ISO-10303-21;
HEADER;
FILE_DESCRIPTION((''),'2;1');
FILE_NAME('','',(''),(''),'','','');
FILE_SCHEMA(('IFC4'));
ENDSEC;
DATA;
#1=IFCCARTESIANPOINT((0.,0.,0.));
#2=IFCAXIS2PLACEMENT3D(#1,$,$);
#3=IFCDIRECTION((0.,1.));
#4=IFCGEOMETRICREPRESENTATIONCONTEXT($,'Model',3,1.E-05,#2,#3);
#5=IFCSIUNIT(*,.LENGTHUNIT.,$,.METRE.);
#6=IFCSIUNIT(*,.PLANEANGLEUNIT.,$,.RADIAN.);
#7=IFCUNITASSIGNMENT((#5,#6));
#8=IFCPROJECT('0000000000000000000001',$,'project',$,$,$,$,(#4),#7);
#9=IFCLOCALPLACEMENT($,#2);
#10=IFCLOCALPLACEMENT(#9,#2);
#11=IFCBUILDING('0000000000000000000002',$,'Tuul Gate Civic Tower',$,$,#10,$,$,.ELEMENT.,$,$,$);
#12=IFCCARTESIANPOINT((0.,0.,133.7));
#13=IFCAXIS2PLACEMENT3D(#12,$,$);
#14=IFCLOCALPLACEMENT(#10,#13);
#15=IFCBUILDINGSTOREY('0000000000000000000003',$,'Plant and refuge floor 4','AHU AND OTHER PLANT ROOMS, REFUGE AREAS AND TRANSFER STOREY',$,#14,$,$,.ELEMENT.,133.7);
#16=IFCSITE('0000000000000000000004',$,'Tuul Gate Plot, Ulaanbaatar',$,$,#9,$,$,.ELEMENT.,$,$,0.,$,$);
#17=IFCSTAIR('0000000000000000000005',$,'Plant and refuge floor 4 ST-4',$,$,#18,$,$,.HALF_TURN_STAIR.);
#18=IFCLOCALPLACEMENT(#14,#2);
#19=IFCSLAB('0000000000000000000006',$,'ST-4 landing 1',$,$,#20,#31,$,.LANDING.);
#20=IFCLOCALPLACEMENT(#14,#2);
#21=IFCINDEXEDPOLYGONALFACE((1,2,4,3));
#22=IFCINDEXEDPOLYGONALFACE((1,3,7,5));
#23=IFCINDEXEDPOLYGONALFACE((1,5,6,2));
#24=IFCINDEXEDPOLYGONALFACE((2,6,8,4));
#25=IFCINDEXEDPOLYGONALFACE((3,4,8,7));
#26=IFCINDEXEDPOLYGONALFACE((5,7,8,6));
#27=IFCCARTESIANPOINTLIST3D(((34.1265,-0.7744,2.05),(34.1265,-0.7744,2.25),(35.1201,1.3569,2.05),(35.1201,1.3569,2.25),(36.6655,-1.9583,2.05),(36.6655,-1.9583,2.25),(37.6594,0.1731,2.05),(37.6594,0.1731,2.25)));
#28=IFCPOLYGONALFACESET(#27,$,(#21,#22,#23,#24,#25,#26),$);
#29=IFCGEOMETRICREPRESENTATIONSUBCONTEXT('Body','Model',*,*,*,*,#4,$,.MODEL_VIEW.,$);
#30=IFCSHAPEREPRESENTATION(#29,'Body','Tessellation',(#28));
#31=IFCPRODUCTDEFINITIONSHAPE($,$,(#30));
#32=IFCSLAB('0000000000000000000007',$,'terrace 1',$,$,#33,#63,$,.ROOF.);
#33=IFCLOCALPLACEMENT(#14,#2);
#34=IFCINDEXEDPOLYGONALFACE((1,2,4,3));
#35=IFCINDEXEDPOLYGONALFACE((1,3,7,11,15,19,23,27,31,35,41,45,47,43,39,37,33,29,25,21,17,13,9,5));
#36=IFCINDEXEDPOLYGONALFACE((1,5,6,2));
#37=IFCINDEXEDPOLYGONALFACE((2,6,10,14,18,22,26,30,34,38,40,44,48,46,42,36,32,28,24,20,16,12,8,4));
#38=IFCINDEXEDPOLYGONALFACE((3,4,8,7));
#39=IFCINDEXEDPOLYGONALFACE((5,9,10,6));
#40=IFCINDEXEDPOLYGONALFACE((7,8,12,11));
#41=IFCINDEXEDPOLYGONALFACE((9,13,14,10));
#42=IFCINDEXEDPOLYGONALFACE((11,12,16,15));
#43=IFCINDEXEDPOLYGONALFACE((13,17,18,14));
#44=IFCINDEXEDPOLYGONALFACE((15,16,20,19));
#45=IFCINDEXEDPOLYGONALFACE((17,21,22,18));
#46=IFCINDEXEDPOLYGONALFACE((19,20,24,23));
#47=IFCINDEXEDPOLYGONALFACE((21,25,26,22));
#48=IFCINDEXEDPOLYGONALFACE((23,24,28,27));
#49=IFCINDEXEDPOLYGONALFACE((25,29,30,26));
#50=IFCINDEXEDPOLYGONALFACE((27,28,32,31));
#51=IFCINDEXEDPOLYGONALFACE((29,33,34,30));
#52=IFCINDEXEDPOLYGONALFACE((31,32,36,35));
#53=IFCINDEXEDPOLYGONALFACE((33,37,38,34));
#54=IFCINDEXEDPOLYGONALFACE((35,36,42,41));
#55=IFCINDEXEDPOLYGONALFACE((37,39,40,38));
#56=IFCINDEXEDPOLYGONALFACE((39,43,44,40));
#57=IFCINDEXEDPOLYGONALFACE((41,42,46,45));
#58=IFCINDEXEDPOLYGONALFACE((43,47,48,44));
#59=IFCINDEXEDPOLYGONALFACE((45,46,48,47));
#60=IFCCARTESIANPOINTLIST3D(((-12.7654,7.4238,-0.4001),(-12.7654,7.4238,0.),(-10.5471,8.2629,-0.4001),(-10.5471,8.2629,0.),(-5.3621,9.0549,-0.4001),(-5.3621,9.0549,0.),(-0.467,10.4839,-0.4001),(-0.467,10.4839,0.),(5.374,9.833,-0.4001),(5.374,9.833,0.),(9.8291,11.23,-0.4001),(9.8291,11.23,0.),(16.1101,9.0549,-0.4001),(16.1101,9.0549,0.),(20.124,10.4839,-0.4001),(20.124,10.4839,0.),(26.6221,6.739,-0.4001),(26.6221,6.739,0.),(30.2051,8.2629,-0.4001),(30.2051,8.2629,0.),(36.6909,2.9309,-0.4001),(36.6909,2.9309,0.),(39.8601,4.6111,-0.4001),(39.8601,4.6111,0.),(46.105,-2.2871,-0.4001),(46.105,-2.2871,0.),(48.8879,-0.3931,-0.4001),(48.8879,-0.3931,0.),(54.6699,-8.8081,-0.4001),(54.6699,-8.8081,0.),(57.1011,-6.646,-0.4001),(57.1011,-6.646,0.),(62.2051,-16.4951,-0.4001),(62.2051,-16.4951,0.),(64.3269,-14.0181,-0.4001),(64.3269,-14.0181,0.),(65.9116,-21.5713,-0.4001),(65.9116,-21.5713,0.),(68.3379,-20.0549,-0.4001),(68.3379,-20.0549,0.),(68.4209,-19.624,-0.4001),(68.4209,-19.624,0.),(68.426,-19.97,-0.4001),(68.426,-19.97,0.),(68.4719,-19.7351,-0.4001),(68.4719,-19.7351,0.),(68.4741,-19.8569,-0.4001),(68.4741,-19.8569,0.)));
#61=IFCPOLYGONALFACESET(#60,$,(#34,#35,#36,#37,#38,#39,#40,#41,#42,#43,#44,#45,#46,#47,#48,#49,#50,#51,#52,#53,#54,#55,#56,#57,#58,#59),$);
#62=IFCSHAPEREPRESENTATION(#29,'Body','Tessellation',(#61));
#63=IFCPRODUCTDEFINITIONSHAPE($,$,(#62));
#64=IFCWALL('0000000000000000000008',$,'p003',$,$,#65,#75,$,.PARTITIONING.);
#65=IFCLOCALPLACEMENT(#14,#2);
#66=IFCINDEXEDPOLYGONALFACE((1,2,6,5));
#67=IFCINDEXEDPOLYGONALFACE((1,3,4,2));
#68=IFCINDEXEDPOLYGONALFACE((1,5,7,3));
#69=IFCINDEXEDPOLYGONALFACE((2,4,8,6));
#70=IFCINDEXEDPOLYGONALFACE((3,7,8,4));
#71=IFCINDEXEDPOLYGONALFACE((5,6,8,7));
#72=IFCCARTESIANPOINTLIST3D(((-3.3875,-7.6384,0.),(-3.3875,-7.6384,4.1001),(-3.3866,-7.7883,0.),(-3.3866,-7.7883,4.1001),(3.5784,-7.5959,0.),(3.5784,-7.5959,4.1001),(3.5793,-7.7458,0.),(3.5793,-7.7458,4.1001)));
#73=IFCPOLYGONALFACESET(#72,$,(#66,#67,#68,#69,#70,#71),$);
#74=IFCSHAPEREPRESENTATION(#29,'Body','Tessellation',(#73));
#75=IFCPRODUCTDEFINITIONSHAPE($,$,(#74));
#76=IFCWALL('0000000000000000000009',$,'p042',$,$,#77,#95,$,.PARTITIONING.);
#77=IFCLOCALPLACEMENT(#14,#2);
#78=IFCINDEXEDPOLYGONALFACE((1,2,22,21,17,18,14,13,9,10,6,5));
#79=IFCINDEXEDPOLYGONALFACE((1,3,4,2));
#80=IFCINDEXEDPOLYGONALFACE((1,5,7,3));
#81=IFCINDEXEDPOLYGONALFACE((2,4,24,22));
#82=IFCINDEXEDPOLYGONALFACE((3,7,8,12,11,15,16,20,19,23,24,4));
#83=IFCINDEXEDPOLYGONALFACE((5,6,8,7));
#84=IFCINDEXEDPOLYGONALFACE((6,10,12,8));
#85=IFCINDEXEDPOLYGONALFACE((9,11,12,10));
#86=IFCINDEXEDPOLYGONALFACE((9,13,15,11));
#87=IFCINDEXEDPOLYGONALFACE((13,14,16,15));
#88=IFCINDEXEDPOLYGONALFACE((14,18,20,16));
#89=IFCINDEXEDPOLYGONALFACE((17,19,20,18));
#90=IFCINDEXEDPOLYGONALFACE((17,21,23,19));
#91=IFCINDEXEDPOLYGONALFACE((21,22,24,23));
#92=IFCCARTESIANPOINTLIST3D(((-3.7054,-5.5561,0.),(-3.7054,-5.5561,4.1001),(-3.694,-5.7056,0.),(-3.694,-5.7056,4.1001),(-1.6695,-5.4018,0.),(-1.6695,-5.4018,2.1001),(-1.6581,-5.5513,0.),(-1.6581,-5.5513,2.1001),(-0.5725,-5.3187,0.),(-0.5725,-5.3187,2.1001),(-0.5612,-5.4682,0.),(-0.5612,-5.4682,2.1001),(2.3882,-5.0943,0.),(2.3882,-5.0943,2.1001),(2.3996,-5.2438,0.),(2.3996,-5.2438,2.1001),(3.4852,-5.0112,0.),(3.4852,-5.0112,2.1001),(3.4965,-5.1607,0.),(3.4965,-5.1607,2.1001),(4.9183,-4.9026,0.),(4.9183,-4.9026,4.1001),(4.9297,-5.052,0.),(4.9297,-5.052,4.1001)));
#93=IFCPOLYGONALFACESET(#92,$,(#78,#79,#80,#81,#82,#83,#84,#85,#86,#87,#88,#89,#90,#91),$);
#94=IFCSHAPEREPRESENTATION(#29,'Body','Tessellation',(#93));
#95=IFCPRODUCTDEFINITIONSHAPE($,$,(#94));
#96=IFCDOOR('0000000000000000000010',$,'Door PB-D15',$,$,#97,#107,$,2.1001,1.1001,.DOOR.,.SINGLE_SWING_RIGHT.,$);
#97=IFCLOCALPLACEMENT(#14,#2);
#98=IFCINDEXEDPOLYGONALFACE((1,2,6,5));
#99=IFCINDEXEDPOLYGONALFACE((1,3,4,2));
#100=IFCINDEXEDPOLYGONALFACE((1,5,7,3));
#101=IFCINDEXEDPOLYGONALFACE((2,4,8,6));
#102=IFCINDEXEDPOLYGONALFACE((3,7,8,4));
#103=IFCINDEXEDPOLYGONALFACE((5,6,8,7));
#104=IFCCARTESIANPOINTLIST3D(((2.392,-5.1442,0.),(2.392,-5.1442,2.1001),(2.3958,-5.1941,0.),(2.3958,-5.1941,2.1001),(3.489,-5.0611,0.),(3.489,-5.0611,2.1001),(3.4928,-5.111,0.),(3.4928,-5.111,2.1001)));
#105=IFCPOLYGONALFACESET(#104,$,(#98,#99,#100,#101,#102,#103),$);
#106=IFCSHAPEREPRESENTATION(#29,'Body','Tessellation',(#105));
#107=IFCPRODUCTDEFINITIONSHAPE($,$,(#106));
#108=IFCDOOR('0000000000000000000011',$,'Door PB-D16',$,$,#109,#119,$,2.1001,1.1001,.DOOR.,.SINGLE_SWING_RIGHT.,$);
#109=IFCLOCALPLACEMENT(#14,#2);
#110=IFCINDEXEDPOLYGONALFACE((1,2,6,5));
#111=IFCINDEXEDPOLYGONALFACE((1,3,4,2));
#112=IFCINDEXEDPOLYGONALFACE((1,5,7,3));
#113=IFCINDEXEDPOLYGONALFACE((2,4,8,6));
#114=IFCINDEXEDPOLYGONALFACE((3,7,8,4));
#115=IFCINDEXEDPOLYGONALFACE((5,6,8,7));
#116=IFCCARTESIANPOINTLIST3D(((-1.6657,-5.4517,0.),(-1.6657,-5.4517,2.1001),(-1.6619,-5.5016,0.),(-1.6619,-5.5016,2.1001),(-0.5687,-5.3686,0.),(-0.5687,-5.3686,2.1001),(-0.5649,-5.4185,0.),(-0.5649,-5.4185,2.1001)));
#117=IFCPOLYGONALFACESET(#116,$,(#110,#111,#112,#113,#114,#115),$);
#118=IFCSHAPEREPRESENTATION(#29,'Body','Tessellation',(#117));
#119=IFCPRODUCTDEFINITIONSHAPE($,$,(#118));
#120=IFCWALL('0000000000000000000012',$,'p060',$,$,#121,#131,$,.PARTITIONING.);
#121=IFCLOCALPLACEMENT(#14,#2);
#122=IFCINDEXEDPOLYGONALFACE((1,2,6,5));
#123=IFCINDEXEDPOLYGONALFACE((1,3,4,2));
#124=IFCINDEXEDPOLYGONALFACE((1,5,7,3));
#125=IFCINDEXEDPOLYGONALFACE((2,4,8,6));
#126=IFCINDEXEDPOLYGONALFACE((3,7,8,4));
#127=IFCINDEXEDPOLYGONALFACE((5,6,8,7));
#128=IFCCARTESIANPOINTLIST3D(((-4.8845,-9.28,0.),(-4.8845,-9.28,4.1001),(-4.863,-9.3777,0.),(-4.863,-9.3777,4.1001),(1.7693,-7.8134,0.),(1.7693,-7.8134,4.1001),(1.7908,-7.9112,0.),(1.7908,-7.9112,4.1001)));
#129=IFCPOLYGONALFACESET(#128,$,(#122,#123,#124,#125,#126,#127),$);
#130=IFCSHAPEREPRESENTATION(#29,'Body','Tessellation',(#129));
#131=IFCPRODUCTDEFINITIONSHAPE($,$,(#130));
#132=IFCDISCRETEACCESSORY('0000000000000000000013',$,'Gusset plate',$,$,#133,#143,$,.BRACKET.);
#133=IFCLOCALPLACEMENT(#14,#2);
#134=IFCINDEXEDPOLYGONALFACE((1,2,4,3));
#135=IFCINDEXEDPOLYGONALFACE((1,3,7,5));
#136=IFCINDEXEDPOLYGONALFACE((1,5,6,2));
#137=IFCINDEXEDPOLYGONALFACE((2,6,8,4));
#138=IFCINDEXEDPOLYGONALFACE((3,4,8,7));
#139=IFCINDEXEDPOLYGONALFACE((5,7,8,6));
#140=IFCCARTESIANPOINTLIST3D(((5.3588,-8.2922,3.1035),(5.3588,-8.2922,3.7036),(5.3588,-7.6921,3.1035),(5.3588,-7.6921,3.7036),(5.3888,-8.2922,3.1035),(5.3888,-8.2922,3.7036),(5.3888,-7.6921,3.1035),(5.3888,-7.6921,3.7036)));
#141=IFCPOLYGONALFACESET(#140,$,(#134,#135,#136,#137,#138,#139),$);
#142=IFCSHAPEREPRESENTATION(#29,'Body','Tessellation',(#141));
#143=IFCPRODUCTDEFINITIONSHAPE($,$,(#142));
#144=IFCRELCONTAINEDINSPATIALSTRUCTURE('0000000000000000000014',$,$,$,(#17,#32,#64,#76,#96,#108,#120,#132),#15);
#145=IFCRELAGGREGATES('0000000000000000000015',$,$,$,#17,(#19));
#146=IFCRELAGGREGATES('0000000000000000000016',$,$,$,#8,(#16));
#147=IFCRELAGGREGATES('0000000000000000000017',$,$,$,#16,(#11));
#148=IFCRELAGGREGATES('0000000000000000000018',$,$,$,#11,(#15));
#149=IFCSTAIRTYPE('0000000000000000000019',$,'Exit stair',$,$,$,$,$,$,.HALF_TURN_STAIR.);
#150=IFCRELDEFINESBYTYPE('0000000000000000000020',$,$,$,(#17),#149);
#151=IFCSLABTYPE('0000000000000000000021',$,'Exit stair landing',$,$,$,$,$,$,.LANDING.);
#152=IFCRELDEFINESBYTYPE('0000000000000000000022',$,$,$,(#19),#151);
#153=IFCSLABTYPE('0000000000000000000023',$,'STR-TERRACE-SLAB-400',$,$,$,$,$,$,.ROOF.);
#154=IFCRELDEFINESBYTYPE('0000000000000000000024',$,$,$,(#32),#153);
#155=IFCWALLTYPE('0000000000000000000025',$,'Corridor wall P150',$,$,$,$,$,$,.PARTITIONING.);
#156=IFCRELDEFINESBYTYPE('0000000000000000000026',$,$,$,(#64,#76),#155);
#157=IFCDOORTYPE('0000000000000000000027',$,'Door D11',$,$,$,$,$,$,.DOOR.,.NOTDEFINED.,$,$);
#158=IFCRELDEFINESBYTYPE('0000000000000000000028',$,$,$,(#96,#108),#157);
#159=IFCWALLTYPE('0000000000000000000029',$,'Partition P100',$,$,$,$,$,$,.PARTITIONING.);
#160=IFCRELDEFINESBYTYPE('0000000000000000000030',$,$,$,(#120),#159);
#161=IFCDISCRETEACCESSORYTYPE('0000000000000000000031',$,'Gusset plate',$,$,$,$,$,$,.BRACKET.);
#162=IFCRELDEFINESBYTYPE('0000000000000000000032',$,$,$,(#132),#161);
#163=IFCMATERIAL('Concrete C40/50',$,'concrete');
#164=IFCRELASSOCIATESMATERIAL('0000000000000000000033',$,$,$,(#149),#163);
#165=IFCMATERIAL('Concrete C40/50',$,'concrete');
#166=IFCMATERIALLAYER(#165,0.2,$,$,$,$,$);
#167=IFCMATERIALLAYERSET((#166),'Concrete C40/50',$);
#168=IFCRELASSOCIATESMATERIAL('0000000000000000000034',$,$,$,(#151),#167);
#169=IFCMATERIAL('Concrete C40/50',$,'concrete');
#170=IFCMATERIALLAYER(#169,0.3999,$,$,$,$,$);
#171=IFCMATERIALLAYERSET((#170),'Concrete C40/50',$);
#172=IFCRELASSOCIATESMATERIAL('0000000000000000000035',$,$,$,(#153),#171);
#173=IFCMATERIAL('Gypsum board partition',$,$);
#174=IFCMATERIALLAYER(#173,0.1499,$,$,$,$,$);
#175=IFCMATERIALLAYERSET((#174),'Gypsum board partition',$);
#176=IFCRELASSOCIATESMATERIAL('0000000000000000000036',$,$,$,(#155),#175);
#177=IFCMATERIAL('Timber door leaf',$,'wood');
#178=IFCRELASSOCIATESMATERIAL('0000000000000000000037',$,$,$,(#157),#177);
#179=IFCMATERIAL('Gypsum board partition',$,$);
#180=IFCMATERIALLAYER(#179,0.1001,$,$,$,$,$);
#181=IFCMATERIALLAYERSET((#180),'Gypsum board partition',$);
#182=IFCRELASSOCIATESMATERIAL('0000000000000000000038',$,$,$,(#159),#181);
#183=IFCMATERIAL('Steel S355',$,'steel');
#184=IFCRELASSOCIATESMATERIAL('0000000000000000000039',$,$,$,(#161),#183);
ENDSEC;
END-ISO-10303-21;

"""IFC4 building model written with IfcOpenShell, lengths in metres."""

from ifc_helpers import new_model, si_unit, direction, frame, frame_2d, origin, origin_2d, place, context, subcontext, project, spatial, polyline, rectangle, outline, extrude, material, layer, layer_set, type_object, element, fill, aggregate, save


model = new_model("IFC4")

# Units and contexts
model_context = context("Model", 3, precision=1e-05, world=origin(), true_north=direction((0.0, 1.0)))
body_context = subcontext(model_context, "Body", "Model", "MODEL_VIEW")
ifc_project = project(units=[si_unit("LENGTHUNIT", "METRE"), si_unit("PLANEANGLEUNIT", "RADIAN")], contexts=[model_context])

# Site, building, storey
site_placement = place(None, origin())
site = spatial("IfcSite", under=ifc_project, at=site_placement, Name="Tuul Gate Plot, Ulaanbaatar", CompositionType="ELEMENT", RefElevation=0.0)
building_placement = place(site_placement, origin())
building = spatial("IfcBuilding", under=site, at=building_placement, Name="Tuul Gate Civic Tower", CompositionType="ELEMENT")
storey_placement = place(building_placement, frame((0.0, 0.0, 133.7)))
storey = spatial("IfcBuildingStorey", under=building, at=storey_placement, Name="Plant and refuge floor 4", Description="AHU AND OTHER PLANT ROOMS, REFUGE AREAS AND TRANSFER STOREY", CompositionType="ELEMENT", Elevation=133.7)

# Stair, slab
ifc_material_1 = material(Name="Concrete C40/50", Category="concrete")
stair_type = type_object("IfcStairType", Name="Exit stair", PredefinedType="HALF_TURN_STAIR", material=ifc_material_1)
ifc_material_2 = material(Name="Concrete C40/50", Category="concrete")
ifc_layer_1 = layer(ifc_material_2, 0.2)
ifc_layer_set_1 = layer_set([ifc_layer_1], Name="Concrete C40/50")
slab_type_1 = type_object("IfcSlabType", Name="Exit stair landing", PredefinedType="LANDING", material=ifc_layer_set_1)
stair_1_placement = place(storey_placement, origin())
stair_1 = element("IfcStair", 1, at=stair_1_placement, inside=storey, type_object=stair_type, Name="Plant and refuge floor 4 ST-4", PredefinedType="HALF_TURN_STAIR")
slab_1_placement = place(storey_placement, frame((0.0, 0.0, 2.05)))
slab_1 = element("IfcSlab", 2, at=slab_1_placement, type_object=slab_type_1, Name="ST-4 landing 1", PredefinedType="LANDING", context=body_context, shape_type="SweptSolid", body=[
    extrude(outline(polyline([(36.6655, -1.9583), (34.1265, -0.7744), (35.1201, 1.3569), (37.6594, 0.1731), (36.6655, -1.9583)])), origin(), (0.0, 0.0, 1.0), 0.2),
])
aggregate(stair_1, [slab_1])

# Slab
ifc_material_3 = material(Name="Concrete C40/50", Category="concrete")
ifc_layer_2 = layer(ifc_material_3, 0.3999)
ifc_layer_set_2 = layer_set([ifc_layer_2], Name="Concrete C40/50")
slab_type_2 = type_object("IfcSlabType", Name="STR-TERRACE-SLAB-400", PredefinedType="ROOF", material=ifc_layer_set_2)
slab_2_placement = place(storey_placement, frame((0.0, 0.0, -0.4001)))
element("IfcSlab", 3, at=slab_2_placement, inside=storey, type_object=slab_type_2, Name="terrace 1", PredefinedType="ROOF", context=body_context, shape_type="SweptSolid", body=[
    extrude(outline(polyline([(-10.5471, 8.2629), (-0.467, 10.4839), (9.8291, 11.23), (20.124, 10.4839), (30.2051, 8.2629), (39.8601, 4.6111), (48.8879, -0.3931), (57.1011, -6.646), (64.3269, -14.0181), (68.4209, -19.624), (68.4719, -19.7351), (68.4741, -19.8569), (68.426, -19.97), (68.3379, -20.0549), (65.9116, -21.5713), (62.2051, -16.4951), (54.6699, -8.8081), (46.105, -2.2871), (36.6909, 2.9309), (26.6221, 6.739), (16.1101, 9.0549), (5.374, 9.833), (-5.3621, 9.0549), (-12.7654, 7.4238), (-10.5471, 8.2629)])), origin(), (0.0, 0.0, 1.0), 0.4001),
])

# Wall
ifc_material_4 = material(Name="Gypsum board partition")
ifc_layer_3 = layer(ifc_material_4, 0.1499)
ifc_layer_set_3 = layer_set([ifc_layer_3], Name="Gypsum board partition")
wall_type_1 = type_object("IfcWallType", Name="Corridor wall P150", PredefinedType="PARTITIONING", material=ifc_layer_set_3)
wall_1_placement = place(storey_placement, frame((-3.387, -7.7134, 0.0), z_axis=(0.0, 0.0, 1.0), x_axis=(0.999981, 0.006098, 0.0)))
element("IfcWall", 4, at=wall_1_placement, inside=storey, type_object=wall_type_1, Name="p003", PredefinedType="PARTITIONING", context=body_context, shape_type="SweptSolid", body=[
    extrude(rectangle(XDim=6.9661, YDim=0.1499, at=frame_2d((3.4829, 0.0))), origin(), (0.0, 0.0, 1.0), 4.1001),
])

# Wall, openings, doors
wall_2_placement = place(storey_placement, frame((-3.6997, -5.6309, 0.0), z_axis=(0.0, 0.0, 1.0), x_axis=(0.997141, 0.07557, 0.0)))
wall_2 = element("IfcWall", 5, at=wall_2_placement, inside=storey, type_object=wall_type_1, Name="p042", PredefinedType="PARTITIONING", context=body_context, shape_type="SweptSolid", body=[
    extrude(rectangle(XDim=8.6484, YDim=0.1499, at=frame_2d((4.3242, 0.0))), origin(), (0.0, 0.0, 1.0), 4.1001),
])
opening_1_placement = place(wall_2_placement, frame((6.1111, 0.0, 0.0)))
opening_1 = element("IfcOpeningElement", 6, at=opening_1_placement, cuts=wall_2, PredefinedType="OPENING", context=body_context, shape_type="SweptSolid", body=[
    extrude(rectangle(XDim=1.1001, YDim=2.1001, at=frame_2d((0.55, 1.05))), frame((0.0, 0.085, 0.0), z_axis=(0.0, -1.0, 0.0), x_axis=(1.0, 0.0, 0.0)), (0.0, 0.0, 1.0), 0.1699),
])
opening_2_placement = place(wall_2_placement, frame((2.0417, 0.0, 0.0)))
opening_2 = element("IfcOpeningElement", 7, at=opening_2_placement, cuts=wall_2, PredefinedType="OPENING", context=body_context, shape_type="SweptSolid", body=[
    extrude(rectangle(XDim=1.1001, YDim=2.1001, at=frame_2d((0.55, 1.05))), frame((0.0, 0.085, 0.0), z_axis=(0.0, -1.0, 0.0), x_axis=(1.0, 0.0, 0.0)), (0.0, 0.0, 1.0), 0.1699),
])
ifc_material_5 = material(Name="Timber door leaf", Category="wood")
door_type = type_object("IfcDoorType", Name="Door D11", OperationType="NOTDEFINED", PredefinedType="DOOR", material=ifc_material_5)
door_1_placement = place(opening_1_placement, origin())
door_1 = element("IfcDoor", 8, at=door_1_placement, inside=storey, type_object=door_type, Name="Door PB-D15", OperationType="SINGLE_SWING_RIGHT", OverallHeight=2.1001, OverallWidth=1.1001, PredefinedType="DOOR", context=body_context, shape_type="SweptSolid", body=[
    extrude(rectangle(XDim=1.1001, YDim=2.1001, at=frame_2d((0.55, 1.05))), frame((0.0, 0.0249, 0.0), z_axis=(0.0, -1.0, 0.0), x_axis=(1.0, 0.0, 0.0)), (0.0, 0.0, 1.0), 0.05),
])
fill(opening_1, door_1)
door_2_placement = place(opening_2_placement, origin())
door_2 = element("IfcDoor", 9, at=door_2_placement, inside=storey, type_object=door_type, Name="Door PB-D16", OperationType="SINGLE_SWING_RIGHT", OverallHeight=2.1001, OverallWidth=1.1001, PredefinedType="DOOR", context=body_context, shape_type="SweptSolid", body=[
    extrude(rectangle(XDim=1.1001, YDim=2.1001, at=frame_2d((0.55, 1.05))), frame((0.0, 0.0249, 0.0), z_axis=(0.0, -1.0, 0.0), x_axis=(1.0, 0.0, 0.0)), (0.0, 0.0, 1.0), 0.05),
])
fill(opening_2, door_2)

# Wall
ifc_material_6 = material(Name="Gypsum board partition")
ifc_layer_4 = layer(ifc_material_6, 0.1001)
ifc_layer_set_4 = layer_set([ifc_layer_4], Name="Gypsum board partition")
wall_type_2 = type_object("IfcWallType", Name="Partition P100", PredefinedType="PARTITIONING", material=ifc_layer_set_4)
wall_3_placement = place(storey_placement, frame((1.78, -7.8623, 0.0), z_axis=(0.0, 0.0, 1.0), x_axis=(-0.976561, -0.215242, 0.0)))
element("IfcWall", 10, at=wall_3_placement, inside=storey, type_object=wall_type_2, Name="p060", PredefinedType="PARTITIONING", context=body_context, shape_type="SweptSolid", body=[
    extrude(rectangle(XDim=6.8135, YDim=0.1001, at=frame_2d((3.4067, 0.0))), origin(), (0.0, 0.0, 1.0), 4.1001),
])

# Discrete accessory
ifc_material_7 = material(Name="Steel S355", Category="steel")
discrete_accessory_type = type_object("IfcDiscreteAccessoryType", Name="Gusset plate", PredefinedType="BRACKET", material=ifc_material_7)
discrete_accessory_placement = place(storey_placement, frame((5.3738, -7.9922, 3.1035), z_axis=(0.0, 0.0, 1.0), x_axis=(0.0, 1.0, 0.0)))
element("IfcDiscreteAccessory", 11, at=discrete_accessory_placement, inside=storey, type_object=discrete_accessory_type, Name="Gusset plate", PredefinedType="BRACKET", context=body_context, shape_type="SweptSolid", body=[
    extrude(rectangle(XDim=0.6001, YDim=0.03, at=origin_2d()), origin(), (0.0, 0.0, 1.0), 0.6001),
])

save(model, "model.ifc")
